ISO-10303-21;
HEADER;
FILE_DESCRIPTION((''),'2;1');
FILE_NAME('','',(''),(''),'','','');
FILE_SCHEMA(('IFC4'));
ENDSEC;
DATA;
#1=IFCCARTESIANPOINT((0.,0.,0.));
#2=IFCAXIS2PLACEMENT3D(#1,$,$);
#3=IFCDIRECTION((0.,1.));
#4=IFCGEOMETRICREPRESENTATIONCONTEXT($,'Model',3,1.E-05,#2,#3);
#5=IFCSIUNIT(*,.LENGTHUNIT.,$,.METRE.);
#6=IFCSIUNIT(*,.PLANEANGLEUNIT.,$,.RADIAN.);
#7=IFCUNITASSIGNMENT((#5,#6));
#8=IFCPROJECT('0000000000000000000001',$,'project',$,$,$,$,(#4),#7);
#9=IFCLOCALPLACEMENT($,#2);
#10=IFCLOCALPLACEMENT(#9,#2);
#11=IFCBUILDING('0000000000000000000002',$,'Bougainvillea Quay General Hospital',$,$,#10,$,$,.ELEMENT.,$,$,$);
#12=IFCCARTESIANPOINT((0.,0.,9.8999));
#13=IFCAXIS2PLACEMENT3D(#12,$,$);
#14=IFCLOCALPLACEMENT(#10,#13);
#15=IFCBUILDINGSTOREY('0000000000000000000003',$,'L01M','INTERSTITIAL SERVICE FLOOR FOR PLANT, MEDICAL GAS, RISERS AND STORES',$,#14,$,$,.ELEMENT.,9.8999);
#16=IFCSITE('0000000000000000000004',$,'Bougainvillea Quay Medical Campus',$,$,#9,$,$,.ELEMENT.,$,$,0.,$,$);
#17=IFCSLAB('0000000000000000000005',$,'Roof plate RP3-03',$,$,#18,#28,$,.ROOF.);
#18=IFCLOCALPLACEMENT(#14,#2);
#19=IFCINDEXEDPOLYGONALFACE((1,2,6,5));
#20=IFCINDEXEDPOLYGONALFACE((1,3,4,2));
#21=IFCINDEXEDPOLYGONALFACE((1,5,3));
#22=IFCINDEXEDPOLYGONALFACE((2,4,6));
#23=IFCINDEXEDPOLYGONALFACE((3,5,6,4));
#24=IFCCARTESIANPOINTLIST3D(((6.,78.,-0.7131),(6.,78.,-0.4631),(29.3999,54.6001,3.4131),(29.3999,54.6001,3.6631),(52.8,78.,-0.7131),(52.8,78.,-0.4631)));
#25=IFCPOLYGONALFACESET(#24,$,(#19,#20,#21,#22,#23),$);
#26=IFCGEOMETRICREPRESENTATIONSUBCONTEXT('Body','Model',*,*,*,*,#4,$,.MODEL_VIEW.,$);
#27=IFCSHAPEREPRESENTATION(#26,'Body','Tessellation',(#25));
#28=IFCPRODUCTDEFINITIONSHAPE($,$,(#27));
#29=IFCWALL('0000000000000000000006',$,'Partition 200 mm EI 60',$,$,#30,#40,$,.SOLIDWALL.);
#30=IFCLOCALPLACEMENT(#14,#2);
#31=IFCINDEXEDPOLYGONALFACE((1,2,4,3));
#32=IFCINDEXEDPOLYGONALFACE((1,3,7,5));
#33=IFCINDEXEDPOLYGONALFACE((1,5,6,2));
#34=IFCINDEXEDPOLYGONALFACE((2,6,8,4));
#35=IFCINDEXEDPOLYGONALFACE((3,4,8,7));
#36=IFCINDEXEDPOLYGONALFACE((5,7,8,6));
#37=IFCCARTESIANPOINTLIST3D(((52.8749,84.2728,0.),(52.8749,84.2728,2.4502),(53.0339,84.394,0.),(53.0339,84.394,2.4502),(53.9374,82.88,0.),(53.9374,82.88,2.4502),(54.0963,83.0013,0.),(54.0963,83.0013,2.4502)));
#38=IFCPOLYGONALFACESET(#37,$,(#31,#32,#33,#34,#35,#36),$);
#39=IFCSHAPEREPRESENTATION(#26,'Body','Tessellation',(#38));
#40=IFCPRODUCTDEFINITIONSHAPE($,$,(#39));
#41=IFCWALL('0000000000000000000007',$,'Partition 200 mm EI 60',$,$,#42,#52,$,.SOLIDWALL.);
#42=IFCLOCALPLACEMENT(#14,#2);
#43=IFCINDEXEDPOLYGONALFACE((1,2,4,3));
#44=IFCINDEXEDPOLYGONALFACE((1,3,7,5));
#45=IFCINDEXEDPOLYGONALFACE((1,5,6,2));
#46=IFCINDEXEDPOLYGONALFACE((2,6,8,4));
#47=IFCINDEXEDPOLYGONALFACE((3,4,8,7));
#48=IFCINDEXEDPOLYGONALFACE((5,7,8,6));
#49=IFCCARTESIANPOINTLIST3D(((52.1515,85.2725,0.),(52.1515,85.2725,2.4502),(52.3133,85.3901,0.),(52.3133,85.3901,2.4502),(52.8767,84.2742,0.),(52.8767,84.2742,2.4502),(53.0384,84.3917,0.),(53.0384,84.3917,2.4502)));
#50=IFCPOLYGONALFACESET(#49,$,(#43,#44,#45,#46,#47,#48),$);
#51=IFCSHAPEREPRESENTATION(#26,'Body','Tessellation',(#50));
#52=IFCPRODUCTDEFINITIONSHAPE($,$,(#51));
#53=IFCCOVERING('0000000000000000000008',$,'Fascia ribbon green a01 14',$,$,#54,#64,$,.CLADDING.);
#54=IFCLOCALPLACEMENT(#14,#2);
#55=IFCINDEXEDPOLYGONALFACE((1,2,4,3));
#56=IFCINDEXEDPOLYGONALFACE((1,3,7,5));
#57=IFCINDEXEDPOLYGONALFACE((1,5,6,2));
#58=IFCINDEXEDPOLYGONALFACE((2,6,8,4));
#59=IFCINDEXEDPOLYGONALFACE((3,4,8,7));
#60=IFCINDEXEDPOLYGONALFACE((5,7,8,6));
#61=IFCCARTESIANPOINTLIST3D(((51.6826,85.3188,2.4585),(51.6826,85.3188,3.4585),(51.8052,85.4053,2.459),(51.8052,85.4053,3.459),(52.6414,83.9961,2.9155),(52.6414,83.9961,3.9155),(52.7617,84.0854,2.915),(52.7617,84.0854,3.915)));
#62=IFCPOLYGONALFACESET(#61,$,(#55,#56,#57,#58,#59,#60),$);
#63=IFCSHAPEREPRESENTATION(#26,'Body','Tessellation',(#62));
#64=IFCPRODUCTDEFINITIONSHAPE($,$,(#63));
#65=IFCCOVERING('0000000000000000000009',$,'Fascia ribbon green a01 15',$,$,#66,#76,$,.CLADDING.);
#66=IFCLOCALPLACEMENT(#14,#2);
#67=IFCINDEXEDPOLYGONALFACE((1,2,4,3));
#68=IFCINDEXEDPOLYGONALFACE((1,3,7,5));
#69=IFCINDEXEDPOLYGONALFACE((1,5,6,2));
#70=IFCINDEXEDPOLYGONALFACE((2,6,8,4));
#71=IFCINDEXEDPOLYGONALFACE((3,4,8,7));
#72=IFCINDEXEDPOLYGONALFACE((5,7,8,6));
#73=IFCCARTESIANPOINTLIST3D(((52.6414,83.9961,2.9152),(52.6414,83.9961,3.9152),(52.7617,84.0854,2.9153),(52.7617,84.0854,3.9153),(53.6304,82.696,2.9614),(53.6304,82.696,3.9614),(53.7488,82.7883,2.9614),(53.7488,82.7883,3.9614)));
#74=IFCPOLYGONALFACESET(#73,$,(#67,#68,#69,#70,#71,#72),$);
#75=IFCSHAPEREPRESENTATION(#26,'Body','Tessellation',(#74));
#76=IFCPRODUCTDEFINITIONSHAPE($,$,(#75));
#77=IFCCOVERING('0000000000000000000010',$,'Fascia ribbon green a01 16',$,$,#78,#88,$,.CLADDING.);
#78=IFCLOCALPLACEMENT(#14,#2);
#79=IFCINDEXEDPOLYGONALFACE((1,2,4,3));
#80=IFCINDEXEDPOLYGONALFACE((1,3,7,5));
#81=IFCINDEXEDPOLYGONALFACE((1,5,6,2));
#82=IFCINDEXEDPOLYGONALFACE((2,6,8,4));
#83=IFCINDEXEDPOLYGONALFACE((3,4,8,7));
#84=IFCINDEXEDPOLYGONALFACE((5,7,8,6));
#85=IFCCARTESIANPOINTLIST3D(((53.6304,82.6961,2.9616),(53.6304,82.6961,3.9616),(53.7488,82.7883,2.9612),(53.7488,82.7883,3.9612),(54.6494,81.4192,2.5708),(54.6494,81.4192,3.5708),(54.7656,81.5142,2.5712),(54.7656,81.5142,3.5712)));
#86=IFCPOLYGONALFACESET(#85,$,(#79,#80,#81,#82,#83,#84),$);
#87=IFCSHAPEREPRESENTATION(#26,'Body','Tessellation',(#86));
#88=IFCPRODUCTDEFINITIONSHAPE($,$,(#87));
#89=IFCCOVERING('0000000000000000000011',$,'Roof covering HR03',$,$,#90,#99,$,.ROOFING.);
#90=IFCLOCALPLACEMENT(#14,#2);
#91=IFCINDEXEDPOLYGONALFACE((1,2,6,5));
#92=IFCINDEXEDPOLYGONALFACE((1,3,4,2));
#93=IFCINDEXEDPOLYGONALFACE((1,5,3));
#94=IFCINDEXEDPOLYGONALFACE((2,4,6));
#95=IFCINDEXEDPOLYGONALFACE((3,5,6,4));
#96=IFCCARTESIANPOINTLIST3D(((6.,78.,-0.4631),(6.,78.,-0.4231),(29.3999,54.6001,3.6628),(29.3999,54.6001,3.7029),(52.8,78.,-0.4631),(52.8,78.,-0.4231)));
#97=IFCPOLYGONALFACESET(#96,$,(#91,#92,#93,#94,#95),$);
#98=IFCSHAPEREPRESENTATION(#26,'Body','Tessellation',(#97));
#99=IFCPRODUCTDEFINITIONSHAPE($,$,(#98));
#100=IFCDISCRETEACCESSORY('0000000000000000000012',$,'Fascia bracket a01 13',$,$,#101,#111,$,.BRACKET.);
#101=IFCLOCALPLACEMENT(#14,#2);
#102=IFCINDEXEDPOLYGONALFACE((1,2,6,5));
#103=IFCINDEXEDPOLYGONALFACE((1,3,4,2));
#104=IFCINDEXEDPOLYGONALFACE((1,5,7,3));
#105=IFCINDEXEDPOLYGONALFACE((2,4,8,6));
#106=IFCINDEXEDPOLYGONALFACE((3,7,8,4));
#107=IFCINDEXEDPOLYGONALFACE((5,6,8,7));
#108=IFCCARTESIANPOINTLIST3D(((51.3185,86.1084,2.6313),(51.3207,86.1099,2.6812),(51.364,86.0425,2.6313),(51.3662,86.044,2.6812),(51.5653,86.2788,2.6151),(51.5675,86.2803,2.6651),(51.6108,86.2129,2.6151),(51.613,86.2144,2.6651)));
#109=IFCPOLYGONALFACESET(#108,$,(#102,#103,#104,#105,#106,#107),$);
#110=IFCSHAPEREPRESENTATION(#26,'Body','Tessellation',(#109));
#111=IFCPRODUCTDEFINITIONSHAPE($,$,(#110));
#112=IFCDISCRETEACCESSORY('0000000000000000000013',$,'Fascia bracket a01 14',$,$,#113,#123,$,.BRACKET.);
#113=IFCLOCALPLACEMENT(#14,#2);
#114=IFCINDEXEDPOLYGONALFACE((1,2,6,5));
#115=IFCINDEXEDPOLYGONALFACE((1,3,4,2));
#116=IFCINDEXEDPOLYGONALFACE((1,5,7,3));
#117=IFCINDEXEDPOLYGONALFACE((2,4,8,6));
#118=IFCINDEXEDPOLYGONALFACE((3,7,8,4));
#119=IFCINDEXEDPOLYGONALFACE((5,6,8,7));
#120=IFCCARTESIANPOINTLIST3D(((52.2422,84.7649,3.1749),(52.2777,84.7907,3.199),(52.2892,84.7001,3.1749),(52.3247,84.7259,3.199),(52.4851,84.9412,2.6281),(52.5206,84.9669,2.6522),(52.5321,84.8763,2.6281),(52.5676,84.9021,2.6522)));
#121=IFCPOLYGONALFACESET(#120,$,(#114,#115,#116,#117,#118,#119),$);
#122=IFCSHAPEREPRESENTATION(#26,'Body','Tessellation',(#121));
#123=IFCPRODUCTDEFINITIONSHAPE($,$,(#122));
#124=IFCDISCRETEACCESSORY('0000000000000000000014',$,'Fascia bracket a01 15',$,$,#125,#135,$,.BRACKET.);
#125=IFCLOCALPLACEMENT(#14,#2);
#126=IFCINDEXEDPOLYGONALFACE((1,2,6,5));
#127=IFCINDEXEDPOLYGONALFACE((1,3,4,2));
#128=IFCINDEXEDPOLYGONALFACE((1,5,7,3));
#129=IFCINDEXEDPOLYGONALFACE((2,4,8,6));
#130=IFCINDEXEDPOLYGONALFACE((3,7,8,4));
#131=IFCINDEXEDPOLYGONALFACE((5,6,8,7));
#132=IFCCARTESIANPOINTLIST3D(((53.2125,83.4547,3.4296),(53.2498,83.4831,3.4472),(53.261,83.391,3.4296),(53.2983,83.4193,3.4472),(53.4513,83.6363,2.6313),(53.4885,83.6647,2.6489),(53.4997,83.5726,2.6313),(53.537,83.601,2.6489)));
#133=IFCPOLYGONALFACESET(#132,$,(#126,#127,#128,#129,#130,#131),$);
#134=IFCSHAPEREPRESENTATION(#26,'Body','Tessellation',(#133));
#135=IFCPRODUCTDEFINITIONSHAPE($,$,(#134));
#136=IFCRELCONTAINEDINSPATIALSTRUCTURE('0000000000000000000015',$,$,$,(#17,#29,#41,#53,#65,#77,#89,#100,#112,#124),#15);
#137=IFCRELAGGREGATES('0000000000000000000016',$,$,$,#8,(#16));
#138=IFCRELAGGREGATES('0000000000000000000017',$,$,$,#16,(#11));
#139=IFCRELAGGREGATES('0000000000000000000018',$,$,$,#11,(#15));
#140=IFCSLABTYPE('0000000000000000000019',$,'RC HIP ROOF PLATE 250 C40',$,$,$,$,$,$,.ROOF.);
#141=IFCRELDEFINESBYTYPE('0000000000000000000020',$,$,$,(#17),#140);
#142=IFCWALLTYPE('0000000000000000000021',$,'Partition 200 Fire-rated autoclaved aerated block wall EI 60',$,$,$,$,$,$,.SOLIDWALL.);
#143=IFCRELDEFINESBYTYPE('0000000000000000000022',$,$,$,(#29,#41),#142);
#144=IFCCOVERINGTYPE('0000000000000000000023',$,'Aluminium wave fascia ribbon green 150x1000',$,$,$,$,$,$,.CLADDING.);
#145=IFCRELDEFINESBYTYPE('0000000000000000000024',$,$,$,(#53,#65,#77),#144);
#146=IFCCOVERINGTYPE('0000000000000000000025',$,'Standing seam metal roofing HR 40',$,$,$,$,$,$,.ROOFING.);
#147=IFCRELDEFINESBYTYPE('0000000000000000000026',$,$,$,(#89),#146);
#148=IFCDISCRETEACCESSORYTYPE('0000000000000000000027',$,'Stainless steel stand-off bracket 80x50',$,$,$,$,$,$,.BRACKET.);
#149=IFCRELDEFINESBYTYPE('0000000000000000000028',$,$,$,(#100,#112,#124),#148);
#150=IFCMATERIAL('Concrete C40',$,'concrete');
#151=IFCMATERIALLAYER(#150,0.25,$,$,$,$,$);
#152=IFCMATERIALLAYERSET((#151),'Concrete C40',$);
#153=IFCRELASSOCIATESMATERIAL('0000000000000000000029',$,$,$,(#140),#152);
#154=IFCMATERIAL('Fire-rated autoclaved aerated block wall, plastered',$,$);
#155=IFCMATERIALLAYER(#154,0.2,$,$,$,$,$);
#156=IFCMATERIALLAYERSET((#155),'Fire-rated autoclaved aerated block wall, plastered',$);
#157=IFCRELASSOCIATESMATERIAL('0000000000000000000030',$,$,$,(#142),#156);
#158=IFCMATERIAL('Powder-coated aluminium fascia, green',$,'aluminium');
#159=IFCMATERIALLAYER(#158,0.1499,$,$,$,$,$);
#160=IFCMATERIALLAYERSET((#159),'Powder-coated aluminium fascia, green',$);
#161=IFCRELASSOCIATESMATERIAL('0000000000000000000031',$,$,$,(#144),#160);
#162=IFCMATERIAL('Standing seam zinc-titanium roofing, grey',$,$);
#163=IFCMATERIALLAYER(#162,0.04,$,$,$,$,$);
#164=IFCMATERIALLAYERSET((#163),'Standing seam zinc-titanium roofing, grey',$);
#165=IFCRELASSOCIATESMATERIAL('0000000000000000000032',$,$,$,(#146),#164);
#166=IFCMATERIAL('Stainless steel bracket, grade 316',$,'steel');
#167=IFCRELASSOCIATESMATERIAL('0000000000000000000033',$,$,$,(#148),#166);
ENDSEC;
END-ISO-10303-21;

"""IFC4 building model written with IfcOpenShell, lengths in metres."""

from ifc_helpers import new_model, si_unit, direction, frame, frame_2d, origin, origin_2d, place, context, subcontext, project, spatial, polyline, rectangle, outline, extrude, material, layer, layer_set, material_profile, profile_set, type_object, element, save


model = new_model("IFC4")

# Units and contexts
model_context = context("Model", 3, precision=1e-05, world=origin(), true_north=direction((0.0, 1.0)))
body_context = subcontext(model_context, "Body", "Model", "MODEL_VIEW")
ifc_project = project(units=[si_unit("LENGTHUNIT", "METRE"), si_unit("PLANEANGLEUNIT", "RADIAN")], contexts=[model_context])

# Site, building, storey
site_placement = place(None, origin())
site = spatial("IfcSite", under=ifc_project, at=site_placement, Name="Bougainvillea Quay Medical Campus", CompositionType="ELEMENT", RefElevation=0.0)
building_placement = place(site_placement, origin())
building = spatial("IfcBuilding", under=site, at=building_placement, Name="Bougainvillea Quay General Hospital", CompositionType="ELEMENT")
storey_placement = place(building_placement, frame((0.0, 0.0, 9.8999)))
storey = spatial("IfcBuildingStorey", under=building, at=storey_placement, Name="L01M", Description="INTERSTITIAL SERVICE FLOOR FOR PLANT, MEDICAL GAS, RISERS AND STORES", CompositionType="ELEMENT", Elevation=9.8999)

# Slab
ifc_material_1 = material(Name="Concrete C40", Category="concrete")
ifc_layer_1 = layer(ifc_material_1, 0.25)
ifc_layer_set_1 = layer_set([ifc_layer_1], Name="Concrete C40")
slab_type = type_object("IfcSlabType", Name="RC HIP ROOF PLATE 250 C40", PredefinedType="ROOF", material=ifc_layer_set_1)
slab_placement = place(storey_placement, frame((52.8, 78.0, -0.4631), z_axis=(0.0, 0.173656, 0.984806), x_axis=(-1.0, 0.0, 0.0)))
element("IfcSlab", 1, at=slab_placement, inside=storey, type_object=slab_type, Name="Roof plate RP3-03", PredefinedType="ROOF", context=body_context, shape_type="SweptSolid", body=[
    extrude(outline(polyline([(0.0, 0.0), (46.8, 0.0), (23.4001, 23.7609), (23.4001, 23.7609), (0.0, 0.0)])), origin(), (0.0, -0.173656, -0.984806), 0.25),
])

# Walls
ifc_material_2 = material(Name="Fire-rated autoclaved aerated block wall, plastered")
ifc_layer_2 = layer(ifc_material_2, 0.2)
ifc_layer_set_2 = layer_set([ifc_layer_2], Name="Fire-rated autoclaved aerated block wall, plastered")
wall_type = type_object("IfcWallType", Name="Partition 200 Fire-rated autoclaved aerated block wall EI 60", PredefinedType="SOLIDWALL", material=ifc_layer_set_2)
wall_1_placement = place(storey_placement, frame((52.9543, 84.3335, 0.0), z_axis=(0.0, 0.0, 1.0), x_axis=(0.606513, -0.795073, 0.0)))
element("IfcWall", 2, at=wall_1_placement, inside=storey, type_object=wall_type, Name="Partition 200 mm EI 60", PredefinedType="SOLIDWALL", context=body_context, shape_type="SweptSolid", body=[
    extrude(rectangle(XDim=1.7517, YDim=0.2, at=frame_2d((0.876, 0.0))), origin(), (0.0, 0.0, 1.0), 2.4502),
])
wall_2_placement = place(storey_placement, frame((52.2324, 85.3313, 0.0), z_axis=(0.0, 0.0, 1.0), x_axis=(0.587677, -0.809095, 0.0)))
element("IfcWall", 3, at=wall_2_placement, inside=storey, type_object=wall_type, Name="Partition 200 mm EI 60", PredefinedType="SOLIDWALL", context=body_context, shape_type="SweptSolid", body=[
    extrude(rectangle(XDim=1.2339, YDim=0.2, at=frame_2d((0.6169, 0.0))), origin(), (0.0, 0.0, 1.0), 2.4502),
])

# Coverings
ifc_material_3 = material(Name="Powder-coated aluminium fascia, green", Category="aluminium")
ifc_layer_3 = layer(ifc_material_3, 0.1499)
ifc_layer_set_3 = layer_set([ifc_layer_3], Name="Powder-coated aluminium fascia, green")
covering_type_1 = type_object("IfcCoveringType", Name="Aluminium wave fascia ribbon green 150x1000", PredefinedType="CLADDING", material=ifc_layer_set_3)
covering_1_placement = place(storey_placement, frame((51.8052, 85.4053, 2.459), z_axis=(-0.157947, 0.218274, 0.963021), x_axis=(0.565134, -0.779764, 0.269427)))
element("IfcCovering", 4, at=covering_1_placement, inside=storey, type_object=covering_type_1, Name="Fascia ribbon green a01 14", PredefinedType="CLADDING", context=body_context, shape_type="SweptSolid", body=[
    extrude(outline(polyline([(0.0, 0.0), (1.6926, 0.0), (1.6944, -0.1499), (-0.002, -0.15), (0.0, 0.0)])), origin(), (0.269427, -0.000193, 0.963021), 1.0),
])
covering_2_placement = place(storey_placement, frame((52.7617, 84.0854, 2.9153), z_axis=(-0.017114, 0.022497, 0.9996), x_axis=(0.605327, -0.795475, 0.028267)))
element("IfcCovering", 5, at=covering_2_placement, inside=storey, type_object=covering_type_1, Name="Fascia ribbon green a01 15", PredefinedType="CLADDING", context=body_context, shape_type="SweptSolid", body=[
    extrude(outline(polyline([(0.0, 0.0), (1.6306, 0.0), (1.6324, -0.1501), (-0.0018, -0.1499), (0.0, 0.0)])), origin(), (0.028267, -0.000004, 0.9996), 1.0),
])
covering_3_placement = place(storey_placement, frame((53.7488, 82.7883, 2.9612), z_axis=(0.145129, -0.181837, 0.97256), x_axis=(0.606647, -0.760166, -0.232652)))
element("IfcCovering", 6, at=covering_3_placement, inside=storey, type_object=covering_type_1, Name="Fascia ribbon green a01 16", PredefinedType="CLADDING", context=body_context, shape_type="SweptSolid", body=[
    extrude(outline(polyline([(0.0, 0.0), (1.6762, 0.0), (1.678, -0.1501), (-0.0018, -0.1501), (0.0, 0.0)])), origin(), (-0.232652, -0.000011, 0.97256), 1.0),
])
ifc_material_4 = material(Name="Standing seam zinc-titanium roofing, grey")
ifc_layer_4 = layer(ifc_material_4, 0.04)
ifc_layer_set_4 = layer_set([ifc_layer_4], Name="Standing seam zinc-titanium roofing, grey")
covering_type_2 = type_object("IfcCoveringType", Name="Standing seam metal roofing HR 40", PredefinedType="ROOFING", material=ifc_layer_set_4)
covering_4_placement = place(storey_placement, frame((52.8, 78.0, -0.4231), z_axis=(0.0, 0.173646, 0.984808), x_axis=(-1.0, 0.0, 0.0)))
element("IfcCovering", 7, at=covering_4_placement, inside=storey, type_object=covering_type_2, Name="Roof covering HR03", PredefinedType="ROOFING", context=body_context, shape_type="SweptSolid", body=[
    extrude(outline(polyline([(0.0, 0.0), (46.8, 0.0), (23.4001, 23.7609), (0.0, 0.0)])), origin(), (0.0, -0.173646, -0.984808), 0.04),
])

# Discrete accessories
ifc_material_5 = material(Name="Stainless steel bracket, grade 316", Category="steel")
ifc_material_profile_1 = material_profile(ifc_material_5, rectangle(XDim=0.0801, YDim=0.05, at=origin_2d()))
ifc_profile_set_1 = profile_set([ifc_material_profile_1], Name="Stainless steel bracket, grade 316")
discrete_accessory_type = type_object("IfcDiscreteAccessoryType", Name="Stainless steel stand-off bracket 80x50", PredefinedType="BRACKET", material=ifc_profile_set_1)
discrete_accessory_1_placement = place(storey_placement, frame((51.5891, 86.2466, 2.6401), z_axis=(-0.821739, -0.567333, 0.053645), x_axis=(0.568151, -0.822924, 0.0)))
element("IfcDiscreteAccessory", 8, at=discrete_accessory_1_placement, inside=storey, type_object=discrete_accessory_type, Name="Fascia bracket a01 13", PredefinedType="BRACKET", context=body_context, shape_type="SweptSolid", body=[
    extrude(rectangle(XDim=0.0801, YDim=0.05, at=origin_2d()), origin(), (0.0, 0.0, 1.0), 0.3003),
])
discrete_accessory_2_placement = place(storey_placement, frame((52.5264, 84.9216, 2.6401), z_axis=(-0.389406, -0.282564, 0.876653), x_axis=(0.587301, -0.809369, 0.0)))
element("IfcDiscreteAccessory", 9, at=discrete_accessory_2_placement, inside=storey, type_object=discrete_accessory_type, Name="Fascia bracket a01 14", PredefinedType="BRACKET", context=body_context, shape_type="SweptSolid", body=[
    extrude(rectangle(XDim=0.0801, YDim=0.05, at=origin_2d()), origin(), (0.0, 0.0, 1.0), 0.6238),
])
discrete_accessory_3_placement = place(storey_placement, frame((53.4941, 83.6187, 2.6401), z_axis=(-0.279967, -0.212981, 0.936086), x_axis=(0.605455, -0.79588, 0.0)))
element("IfcDiscreteAccessory", 10, at=discrete_accessory_3_placement, inside=storey, type_object=discrete_accessory_type, Name="Fascia bracket a01 15", PredefinedType="BRACKET", context=body_context, shape_type="SweptSolid", body=[
    extrude(rectangle(XDim=0.0801, YDim=0.05, at=origin_2d()), origin(), (0.0, 0.0, 1.0), 0.8528),
])

save(model, "model.ifc")
